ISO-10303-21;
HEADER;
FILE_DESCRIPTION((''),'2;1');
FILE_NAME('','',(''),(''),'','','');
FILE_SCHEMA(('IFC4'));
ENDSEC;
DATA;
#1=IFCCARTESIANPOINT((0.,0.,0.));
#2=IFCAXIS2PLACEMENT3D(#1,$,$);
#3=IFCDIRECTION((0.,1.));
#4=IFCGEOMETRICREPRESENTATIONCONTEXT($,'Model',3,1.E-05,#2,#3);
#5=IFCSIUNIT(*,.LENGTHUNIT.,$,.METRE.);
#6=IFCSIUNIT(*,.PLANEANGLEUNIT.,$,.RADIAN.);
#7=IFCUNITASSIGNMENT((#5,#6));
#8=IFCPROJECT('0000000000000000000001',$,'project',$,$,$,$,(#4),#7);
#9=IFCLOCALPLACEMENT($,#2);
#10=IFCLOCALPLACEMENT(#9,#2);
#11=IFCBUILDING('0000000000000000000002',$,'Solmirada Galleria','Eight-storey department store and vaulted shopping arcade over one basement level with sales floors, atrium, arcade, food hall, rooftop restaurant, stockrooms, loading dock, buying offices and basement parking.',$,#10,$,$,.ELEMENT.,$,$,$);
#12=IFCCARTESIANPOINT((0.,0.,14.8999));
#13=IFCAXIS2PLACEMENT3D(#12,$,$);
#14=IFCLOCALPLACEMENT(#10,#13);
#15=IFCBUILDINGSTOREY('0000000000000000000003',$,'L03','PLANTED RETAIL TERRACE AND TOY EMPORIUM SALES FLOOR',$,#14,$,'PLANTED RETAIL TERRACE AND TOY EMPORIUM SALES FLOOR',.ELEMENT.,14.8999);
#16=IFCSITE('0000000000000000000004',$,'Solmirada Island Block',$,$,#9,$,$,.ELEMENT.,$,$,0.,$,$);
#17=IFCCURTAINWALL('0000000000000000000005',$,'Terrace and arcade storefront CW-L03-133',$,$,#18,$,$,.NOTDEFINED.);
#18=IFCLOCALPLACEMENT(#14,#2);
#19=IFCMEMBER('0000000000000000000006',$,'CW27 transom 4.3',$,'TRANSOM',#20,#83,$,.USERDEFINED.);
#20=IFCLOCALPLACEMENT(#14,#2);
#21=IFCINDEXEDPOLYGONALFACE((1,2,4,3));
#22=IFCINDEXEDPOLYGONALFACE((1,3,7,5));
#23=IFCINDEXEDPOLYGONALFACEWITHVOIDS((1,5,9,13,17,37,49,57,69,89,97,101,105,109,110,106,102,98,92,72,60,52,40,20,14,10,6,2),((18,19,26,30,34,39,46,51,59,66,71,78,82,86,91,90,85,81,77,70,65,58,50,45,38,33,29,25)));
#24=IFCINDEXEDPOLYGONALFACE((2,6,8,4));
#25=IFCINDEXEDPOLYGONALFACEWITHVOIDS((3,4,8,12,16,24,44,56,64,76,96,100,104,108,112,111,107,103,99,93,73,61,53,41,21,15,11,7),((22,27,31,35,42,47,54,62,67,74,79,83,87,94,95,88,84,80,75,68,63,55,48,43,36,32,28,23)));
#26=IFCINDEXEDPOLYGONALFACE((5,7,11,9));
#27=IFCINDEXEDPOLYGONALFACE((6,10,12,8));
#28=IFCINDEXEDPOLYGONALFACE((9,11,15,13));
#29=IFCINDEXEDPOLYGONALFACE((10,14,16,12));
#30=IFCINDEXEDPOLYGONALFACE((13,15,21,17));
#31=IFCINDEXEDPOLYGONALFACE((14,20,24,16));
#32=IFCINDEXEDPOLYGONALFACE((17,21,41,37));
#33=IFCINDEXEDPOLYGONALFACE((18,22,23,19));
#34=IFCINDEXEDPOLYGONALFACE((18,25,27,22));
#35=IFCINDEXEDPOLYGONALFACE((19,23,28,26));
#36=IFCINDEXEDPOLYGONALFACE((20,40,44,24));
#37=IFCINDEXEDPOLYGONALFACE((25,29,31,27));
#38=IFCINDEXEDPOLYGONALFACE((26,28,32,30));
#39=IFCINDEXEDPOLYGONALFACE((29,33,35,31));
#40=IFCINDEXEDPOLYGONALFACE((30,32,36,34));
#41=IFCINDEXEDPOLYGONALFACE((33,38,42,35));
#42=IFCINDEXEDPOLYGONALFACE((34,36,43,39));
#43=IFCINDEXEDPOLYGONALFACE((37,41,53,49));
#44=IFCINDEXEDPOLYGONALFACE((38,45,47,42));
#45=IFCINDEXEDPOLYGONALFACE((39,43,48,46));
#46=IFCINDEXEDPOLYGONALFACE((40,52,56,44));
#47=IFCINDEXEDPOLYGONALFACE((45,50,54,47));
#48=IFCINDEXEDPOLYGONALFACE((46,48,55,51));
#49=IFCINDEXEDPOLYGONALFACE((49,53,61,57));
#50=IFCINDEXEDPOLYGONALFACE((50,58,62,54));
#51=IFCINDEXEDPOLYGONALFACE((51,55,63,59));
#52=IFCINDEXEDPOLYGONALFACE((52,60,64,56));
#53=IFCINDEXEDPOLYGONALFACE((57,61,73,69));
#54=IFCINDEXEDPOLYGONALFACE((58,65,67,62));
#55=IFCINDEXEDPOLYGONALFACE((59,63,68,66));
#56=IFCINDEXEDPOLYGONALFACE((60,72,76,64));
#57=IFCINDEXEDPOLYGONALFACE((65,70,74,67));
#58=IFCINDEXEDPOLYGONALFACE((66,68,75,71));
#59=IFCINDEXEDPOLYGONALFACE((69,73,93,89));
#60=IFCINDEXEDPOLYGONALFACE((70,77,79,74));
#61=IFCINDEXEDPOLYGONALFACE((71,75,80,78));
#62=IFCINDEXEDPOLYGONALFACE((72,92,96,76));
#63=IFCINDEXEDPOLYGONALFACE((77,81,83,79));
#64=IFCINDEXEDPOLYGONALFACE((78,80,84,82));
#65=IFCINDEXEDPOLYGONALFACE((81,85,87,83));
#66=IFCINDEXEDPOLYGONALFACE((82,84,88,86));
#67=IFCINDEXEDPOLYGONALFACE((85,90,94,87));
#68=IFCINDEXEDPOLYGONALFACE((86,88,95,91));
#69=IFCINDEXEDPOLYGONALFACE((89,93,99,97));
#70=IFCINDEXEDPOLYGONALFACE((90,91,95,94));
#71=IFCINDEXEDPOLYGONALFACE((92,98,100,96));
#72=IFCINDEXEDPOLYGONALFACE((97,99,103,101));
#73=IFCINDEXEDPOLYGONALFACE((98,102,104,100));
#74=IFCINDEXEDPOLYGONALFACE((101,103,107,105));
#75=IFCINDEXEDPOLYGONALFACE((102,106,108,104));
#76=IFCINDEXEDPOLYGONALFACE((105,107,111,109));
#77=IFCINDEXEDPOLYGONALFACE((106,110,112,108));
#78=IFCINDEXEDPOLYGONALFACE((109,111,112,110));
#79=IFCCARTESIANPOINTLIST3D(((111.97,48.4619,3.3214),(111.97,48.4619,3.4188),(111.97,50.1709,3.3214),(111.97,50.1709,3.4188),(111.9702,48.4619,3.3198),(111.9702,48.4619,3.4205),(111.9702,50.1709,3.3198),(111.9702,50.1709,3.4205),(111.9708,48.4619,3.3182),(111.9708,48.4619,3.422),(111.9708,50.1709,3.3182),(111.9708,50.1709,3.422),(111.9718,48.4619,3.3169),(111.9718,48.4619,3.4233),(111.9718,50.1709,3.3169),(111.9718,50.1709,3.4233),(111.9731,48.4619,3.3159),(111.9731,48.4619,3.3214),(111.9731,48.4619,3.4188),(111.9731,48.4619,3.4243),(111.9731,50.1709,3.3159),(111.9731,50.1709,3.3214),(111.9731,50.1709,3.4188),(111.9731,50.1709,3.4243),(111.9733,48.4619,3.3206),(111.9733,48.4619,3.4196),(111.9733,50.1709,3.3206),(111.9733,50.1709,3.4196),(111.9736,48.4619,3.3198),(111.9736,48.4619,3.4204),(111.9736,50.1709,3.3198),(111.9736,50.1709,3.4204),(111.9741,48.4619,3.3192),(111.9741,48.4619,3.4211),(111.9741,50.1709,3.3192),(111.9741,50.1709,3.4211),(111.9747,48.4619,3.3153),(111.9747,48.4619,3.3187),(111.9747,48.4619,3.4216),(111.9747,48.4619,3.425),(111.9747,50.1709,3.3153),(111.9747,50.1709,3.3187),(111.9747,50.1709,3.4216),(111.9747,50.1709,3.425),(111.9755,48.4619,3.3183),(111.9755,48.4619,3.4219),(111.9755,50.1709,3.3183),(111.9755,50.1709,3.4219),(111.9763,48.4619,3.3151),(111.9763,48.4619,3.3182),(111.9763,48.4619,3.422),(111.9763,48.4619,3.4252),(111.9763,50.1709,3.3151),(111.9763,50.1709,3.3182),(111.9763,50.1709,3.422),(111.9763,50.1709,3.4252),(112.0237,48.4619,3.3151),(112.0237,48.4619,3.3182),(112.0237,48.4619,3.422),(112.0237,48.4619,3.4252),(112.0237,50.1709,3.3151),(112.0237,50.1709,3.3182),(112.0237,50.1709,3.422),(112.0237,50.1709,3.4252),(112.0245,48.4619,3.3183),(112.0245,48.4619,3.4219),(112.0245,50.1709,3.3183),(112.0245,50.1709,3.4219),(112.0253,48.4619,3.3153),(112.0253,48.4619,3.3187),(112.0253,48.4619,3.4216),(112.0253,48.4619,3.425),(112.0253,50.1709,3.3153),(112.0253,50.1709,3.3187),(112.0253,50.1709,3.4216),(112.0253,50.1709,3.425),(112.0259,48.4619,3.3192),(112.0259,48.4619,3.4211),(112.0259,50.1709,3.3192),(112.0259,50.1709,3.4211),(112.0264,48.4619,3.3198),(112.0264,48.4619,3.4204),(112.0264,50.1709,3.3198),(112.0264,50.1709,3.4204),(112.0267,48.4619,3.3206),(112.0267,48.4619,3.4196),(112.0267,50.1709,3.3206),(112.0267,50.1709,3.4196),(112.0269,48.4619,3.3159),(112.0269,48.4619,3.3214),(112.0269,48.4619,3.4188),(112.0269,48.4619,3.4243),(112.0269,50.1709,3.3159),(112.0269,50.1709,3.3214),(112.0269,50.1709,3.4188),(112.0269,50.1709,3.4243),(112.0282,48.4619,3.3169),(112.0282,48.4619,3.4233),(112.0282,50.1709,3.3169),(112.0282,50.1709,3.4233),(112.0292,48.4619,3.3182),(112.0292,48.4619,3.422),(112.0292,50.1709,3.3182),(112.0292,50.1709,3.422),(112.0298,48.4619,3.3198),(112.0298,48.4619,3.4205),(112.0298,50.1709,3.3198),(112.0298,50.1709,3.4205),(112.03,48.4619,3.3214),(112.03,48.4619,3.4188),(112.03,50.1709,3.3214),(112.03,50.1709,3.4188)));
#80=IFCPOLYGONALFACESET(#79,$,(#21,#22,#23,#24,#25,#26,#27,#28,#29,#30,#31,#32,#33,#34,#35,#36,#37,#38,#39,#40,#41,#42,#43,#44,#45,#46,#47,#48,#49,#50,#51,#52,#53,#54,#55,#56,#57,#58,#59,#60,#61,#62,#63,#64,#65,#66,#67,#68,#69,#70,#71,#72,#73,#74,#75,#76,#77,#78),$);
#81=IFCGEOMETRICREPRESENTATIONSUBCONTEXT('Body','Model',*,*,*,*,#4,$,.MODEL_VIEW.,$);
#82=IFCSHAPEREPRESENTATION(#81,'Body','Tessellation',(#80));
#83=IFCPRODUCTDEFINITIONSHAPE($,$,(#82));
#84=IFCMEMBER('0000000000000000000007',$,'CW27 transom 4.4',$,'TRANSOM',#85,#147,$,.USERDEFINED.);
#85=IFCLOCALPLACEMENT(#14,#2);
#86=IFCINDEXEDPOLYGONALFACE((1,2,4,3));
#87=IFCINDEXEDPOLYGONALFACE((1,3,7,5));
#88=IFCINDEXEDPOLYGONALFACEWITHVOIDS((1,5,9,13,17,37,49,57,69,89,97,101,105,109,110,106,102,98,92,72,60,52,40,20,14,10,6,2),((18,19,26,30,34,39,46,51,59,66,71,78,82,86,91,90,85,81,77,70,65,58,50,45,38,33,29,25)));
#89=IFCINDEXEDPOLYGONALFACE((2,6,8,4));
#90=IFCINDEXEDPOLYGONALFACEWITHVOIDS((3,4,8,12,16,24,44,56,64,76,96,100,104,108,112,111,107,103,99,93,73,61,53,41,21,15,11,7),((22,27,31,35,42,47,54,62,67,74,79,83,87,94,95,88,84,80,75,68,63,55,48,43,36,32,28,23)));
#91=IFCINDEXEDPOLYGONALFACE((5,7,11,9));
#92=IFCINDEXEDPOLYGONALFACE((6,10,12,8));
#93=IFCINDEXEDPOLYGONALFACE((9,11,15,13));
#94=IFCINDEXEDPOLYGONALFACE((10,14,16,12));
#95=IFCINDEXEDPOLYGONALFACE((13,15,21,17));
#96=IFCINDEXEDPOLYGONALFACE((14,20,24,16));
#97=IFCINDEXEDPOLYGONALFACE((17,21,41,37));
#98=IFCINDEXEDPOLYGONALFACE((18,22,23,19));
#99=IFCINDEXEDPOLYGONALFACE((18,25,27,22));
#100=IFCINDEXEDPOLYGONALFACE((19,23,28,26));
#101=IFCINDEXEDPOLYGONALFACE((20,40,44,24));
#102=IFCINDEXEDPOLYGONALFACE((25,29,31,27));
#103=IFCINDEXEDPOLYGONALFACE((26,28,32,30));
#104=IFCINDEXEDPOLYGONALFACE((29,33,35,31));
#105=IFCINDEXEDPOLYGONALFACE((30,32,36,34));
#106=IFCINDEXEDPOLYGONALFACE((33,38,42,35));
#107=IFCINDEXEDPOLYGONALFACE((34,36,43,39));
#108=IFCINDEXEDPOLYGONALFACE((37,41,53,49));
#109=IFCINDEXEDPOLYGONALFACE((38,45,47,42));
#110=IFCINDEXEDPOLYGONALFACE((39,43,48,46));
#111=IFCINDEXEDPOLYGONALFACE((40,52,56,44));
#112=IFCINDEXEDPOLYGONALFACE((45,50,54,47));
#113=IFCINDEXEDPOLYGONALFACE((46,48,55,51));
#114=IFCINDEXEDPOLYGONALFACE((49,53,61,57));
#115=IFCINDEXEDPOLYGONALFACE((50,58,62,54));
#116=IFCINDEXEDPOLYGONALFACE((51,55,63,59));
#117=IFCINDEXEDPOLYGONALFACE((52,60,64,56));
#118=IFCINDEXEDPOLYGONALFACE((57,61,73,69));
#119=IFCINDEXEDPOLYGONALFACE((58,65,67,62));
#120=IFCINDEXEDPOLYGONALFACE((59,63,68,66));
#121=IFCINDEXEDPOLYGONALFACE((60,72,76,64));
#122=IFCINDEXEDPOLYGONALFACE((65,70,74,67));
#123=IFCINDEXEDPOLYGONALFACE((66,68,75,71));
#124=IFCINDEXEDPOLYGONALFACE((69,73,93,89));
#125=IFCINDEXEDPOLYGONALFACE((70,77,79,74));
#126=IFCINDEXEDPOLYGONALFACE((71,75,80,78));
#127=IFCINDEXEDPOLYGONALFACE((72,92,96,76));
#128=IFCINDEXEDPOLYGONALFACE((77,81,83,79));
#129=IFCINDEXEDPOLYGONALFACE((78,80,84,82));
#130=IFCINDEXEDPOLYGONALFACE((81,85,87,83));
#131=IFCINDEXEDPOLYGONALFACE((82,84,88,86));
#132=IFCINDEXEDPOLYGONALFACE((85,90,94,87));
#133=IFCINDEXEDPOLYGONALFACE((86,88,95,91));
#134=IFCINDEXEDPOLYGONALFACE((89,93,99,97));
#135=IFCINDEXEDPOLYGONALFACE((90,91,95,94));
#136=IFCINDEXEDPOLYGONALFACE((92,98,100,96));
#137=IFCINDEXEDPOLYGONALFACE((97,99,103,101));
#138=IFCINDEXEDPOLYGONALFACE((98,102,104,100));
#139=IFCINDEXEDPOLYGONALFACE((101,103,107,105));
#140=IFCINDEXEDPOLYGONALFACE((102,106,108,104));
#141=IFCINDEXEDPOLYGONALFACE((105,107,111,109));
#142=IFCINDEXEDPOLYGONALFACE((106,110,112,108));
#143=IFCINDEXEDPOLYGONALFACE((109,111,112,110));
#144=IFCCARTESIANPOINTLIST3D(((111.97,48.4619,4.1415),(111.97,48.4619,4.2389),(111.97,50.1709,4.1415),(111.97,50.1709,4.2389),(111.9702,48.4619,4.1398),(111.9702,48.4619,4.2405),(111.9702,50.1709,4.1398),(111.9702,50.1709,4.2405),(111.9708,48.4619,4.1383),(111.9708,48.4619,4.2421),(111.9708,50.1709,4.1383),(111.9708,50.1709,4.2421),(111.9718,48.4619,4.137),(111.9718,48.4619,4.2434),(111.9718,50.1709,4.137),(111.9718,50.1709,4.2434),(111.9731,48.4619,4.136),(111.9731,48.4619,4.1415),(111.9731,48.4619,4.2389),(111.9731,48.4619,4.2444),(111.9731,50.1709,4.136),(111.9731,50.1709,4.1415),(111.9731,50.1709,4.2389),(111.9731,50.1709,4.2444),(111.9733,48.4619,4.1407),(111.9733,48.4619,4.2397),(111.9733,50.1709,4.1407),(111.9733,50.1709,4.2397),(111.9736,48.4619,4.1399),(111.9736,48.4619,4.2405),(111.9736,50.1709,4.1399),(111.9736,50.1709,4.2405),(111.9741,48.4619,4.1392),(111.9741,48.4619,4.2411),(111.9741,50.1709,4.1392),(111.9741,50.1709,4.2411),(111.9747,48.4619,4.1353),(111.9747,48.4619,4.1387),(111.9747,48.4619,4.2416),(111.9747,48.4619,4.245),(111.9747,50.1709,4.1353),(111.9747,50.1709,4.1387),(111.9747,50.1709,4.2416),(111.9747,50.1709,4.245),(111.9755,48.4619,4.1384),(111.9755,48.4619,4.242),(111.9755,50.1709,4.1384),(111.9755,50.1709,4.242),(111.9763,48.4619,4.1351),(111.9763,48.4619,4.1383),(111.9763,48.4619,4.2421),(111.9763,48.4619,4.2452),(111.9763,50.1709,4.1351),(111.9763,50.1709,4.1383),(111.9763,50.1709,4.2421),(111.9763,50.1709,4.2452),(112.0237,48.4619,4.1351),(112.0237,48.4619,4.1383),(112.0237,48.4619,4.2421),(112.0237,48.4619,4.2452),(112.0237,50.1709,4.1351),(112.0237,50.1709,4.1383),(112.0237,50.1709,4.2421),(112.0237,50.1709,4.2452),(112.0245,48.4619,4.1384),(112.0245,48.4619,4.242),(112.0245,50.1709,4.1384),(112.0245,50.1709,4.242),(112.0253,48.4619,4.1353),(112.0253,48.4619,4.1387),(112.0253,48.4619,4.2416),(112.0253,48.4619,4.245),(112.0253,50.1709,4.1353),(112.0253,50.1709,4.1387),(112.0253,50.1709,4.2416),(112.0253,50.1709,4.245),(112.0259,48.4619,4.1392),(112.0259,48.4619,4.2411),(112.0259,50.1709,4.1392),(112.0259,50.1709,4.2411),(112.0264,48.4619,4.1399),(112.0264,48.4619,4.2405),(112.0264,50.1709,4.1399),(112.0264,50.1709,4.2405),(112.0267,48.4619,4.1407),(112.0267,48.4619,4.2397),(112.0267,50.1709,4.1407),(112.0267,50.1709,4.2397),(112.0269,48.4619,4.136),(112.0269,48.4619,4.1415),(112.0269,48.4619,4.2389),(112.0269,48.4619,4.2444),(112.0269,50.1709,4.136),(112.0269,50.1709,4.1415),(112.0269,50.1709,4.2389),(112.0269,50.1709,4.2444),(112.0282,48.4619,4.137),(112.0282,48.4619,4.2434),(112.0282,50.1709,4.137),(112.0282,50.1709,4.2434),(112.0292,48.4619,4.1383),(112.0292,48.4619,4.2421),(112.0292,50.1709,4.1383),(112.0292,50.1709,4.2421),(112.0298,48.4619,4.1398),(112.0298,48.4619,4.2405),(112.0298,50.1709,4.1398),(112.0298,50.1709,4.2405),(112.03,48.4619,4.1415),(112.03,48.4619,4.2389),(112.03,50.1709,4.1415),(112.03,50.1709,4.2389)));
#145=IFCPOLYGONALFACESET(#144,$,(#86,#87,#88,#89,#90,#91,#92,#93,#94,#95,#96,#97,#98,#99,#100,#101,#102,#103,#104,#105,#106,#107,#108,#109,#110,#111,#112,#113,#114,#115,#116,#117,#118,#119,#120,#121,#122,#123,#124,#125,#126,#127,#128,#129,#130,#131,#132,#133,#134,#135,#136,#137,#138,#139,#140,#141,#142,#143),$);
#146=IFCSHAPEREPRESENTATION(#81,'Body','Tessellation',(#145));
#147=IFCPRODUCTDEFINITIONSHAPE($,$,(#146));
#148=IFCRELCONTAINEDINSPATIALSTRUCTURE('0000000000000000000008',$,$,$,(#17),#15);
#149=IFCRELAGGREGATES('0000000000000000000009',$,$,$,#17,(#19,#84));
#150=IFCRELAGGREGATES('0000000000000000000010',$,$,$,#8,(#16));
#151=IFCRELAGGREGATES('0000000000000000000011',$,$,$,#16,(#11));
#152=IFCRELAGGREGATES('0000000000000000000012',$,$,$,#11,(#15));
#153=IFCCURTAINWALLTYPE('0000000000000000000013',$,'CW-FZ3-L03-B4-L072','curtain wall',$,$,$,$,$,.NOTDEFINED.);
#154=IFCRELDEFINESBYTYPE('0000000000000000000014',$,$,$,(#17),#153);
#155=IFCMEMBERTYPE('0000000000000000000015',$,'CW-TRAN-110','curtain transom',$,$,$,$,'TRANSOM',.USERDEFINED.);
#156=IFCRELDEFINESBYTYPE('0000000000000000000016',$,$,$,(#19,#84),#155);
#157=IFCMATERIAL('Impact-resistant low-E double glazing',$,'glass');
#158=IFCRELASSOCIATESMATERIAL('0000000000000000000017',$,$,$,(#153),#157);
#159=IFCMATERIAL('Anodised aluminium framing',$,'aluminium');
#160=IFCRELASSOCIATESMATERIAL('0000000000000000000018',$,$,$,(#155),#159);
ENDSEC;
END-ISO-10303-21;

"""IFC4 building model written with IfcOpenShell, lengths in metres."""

from ifc_helpers import new_model, si_unit, direction, frame, origin, origin_2d, place, context, subcontext, project, spatial, hollow_rectangle, extrude, material, material_profile, profile_set, type_object, element, aggregate, save


model = new_model("IFC4")

# Units and contexts
model_context = context("Model", 3, precision=1e-05, world=origin(), true_north=direction((0.0, 1.0)))
body_context = subcontext(model_context, "Body", "Model", "MODEL_VIEW")
ifc_project = project(units=[si_unit("LENGTHUNIT", "METRE"), si_unit("PLANEANGLEUNIT", "RADIAN")], contexts=[model_context])

# Site, building, storey
site_placement = place(None, origin())
site = spatial("IfcSite", under=ifc_project, at=site_placement, Name="Solmirada Island Block", CompositionType="ELEMENT", RefElevation=0.0)
building_placement = place(site_placement, origin())
building = spatial("IfcBuilding", under=site, at=building_placement, Name="Solmirada Galleria", Description="Eight-storey department store and vaulted shopping arcade over one basement level with sales floors, atrium, arcade, food hall, rooftop restaurant, stockrooms, loading dock, buying offices and basement parking.", CompositionType="ELEMENT")
storey_placement = place(building_placement, frame((0.0, 0.0, 14.8999)))
storey = spatial("IfcBuildingStorey", under=building, at=storey_placement, Name="L03", Description="PLANTED RETAIL TERRACE AND TOY EMPORIUM SALES FLOOR", LongName="PLANTED RETAIL TERRACE AND TOY EMPORIUM SALES FLOOR", CompositionType="ELEMENT", Elevation=14.8999)

# Curtain wall
ifc_material_1 = material(Name="Impact-resistant low-E double glazing", Category="glass")
curtain_wall_type = type_object("IfcCurtainWallType", Name="CW-FZ3-L03-B4-L072", Description="curtain wall", PredefinedType="NOTDEFINED", material=ifc_material_1)
curtain_wall_1_placement = place(storey_placement, origin())
curtain_wall_1 = element("IfcCurtainWall", 1, at=curtain_wall_1_placement, inside=storey, type_object=curtain_wall_type, Name="Terrace and arcade storefront CW-L03-133", PredefinedType="NOTDEFINED")
ifc_material_2 = material(Name="Anodised aluminium framing", Category="aluminium")

# Members
ifc_material_profile_1 = material_profile(ifc_material_2, hollow_rectangle(XDim=0.0601, YDim=0.1101, WallThickness=0.0032, InnerFilletRadius=0.0032, OuterFilletRadius=0.0063, at=origin_2d()), Name="ALU-TRAN-110X60")
ifc_profile_set_1 = profile_set([ifc_material_profile_1], Name="Anodised aluminium framing")
member_type_1 = type_object("IfcMemberType", Name="CW-TRAN-110", Description="curtain transom", ElementType="TRANSOM", PredefinedType="USERDEFINED", material=ifc_profile_set_1)
member_1_placement = place(storey_placement, frame((112.0, 50.1709, 3.3701), z_axis=(0.0, -1.0, 0.0), x_axis=(1.0, 0.0, 0.0)))
member_1 = element("IfcMember", 2, at=member_1_placement, type_object=member_type_1, Name="CW27 transom 4.3", ObjectType="TRANSOM", PredefinedType="USERDEFINED", context=body_context, shape_type="SweptSolid", body=[
    extrude(hollow_rectangle(XDim=0.0601, YDim=0.1101, WallThickness=0.0032, InnerFilletRadius=0.0032, OuterFilletRadius=0.0063, at=origin_2d()), origin(), (0.0, 0.0, 1.0), 1.709),
])
member_2_placement = place(storey_placement, frame((112.0, 50.1709, 4.1902), z_axis=(0.0, -1.0, 0.0), x_axis=(1.0, 0.0, 0.0)))
member_2 = element("IfcMember", 3, at=member_2_placement, type_object=member_type_1, Name="CW27 transom 4.4", ObjectType="TRANSOM", PredefinedType="USERDEFINED", context=body_context, shape_type="SweptSolid", body=[
    extrude(hollow_rectangle(XDim=0.0601, YDim=0.1101, WallThickness=0.0032, InnerFilletRadius=0.0032, OuterFilletRadius=0.0063, at=origin_2d()), origin(), (0.0, 0.0, 1.0), 1.709),
])

aggregate(curtain_wall_1, [member_1, member_2])

save(model, "model.ifc")
